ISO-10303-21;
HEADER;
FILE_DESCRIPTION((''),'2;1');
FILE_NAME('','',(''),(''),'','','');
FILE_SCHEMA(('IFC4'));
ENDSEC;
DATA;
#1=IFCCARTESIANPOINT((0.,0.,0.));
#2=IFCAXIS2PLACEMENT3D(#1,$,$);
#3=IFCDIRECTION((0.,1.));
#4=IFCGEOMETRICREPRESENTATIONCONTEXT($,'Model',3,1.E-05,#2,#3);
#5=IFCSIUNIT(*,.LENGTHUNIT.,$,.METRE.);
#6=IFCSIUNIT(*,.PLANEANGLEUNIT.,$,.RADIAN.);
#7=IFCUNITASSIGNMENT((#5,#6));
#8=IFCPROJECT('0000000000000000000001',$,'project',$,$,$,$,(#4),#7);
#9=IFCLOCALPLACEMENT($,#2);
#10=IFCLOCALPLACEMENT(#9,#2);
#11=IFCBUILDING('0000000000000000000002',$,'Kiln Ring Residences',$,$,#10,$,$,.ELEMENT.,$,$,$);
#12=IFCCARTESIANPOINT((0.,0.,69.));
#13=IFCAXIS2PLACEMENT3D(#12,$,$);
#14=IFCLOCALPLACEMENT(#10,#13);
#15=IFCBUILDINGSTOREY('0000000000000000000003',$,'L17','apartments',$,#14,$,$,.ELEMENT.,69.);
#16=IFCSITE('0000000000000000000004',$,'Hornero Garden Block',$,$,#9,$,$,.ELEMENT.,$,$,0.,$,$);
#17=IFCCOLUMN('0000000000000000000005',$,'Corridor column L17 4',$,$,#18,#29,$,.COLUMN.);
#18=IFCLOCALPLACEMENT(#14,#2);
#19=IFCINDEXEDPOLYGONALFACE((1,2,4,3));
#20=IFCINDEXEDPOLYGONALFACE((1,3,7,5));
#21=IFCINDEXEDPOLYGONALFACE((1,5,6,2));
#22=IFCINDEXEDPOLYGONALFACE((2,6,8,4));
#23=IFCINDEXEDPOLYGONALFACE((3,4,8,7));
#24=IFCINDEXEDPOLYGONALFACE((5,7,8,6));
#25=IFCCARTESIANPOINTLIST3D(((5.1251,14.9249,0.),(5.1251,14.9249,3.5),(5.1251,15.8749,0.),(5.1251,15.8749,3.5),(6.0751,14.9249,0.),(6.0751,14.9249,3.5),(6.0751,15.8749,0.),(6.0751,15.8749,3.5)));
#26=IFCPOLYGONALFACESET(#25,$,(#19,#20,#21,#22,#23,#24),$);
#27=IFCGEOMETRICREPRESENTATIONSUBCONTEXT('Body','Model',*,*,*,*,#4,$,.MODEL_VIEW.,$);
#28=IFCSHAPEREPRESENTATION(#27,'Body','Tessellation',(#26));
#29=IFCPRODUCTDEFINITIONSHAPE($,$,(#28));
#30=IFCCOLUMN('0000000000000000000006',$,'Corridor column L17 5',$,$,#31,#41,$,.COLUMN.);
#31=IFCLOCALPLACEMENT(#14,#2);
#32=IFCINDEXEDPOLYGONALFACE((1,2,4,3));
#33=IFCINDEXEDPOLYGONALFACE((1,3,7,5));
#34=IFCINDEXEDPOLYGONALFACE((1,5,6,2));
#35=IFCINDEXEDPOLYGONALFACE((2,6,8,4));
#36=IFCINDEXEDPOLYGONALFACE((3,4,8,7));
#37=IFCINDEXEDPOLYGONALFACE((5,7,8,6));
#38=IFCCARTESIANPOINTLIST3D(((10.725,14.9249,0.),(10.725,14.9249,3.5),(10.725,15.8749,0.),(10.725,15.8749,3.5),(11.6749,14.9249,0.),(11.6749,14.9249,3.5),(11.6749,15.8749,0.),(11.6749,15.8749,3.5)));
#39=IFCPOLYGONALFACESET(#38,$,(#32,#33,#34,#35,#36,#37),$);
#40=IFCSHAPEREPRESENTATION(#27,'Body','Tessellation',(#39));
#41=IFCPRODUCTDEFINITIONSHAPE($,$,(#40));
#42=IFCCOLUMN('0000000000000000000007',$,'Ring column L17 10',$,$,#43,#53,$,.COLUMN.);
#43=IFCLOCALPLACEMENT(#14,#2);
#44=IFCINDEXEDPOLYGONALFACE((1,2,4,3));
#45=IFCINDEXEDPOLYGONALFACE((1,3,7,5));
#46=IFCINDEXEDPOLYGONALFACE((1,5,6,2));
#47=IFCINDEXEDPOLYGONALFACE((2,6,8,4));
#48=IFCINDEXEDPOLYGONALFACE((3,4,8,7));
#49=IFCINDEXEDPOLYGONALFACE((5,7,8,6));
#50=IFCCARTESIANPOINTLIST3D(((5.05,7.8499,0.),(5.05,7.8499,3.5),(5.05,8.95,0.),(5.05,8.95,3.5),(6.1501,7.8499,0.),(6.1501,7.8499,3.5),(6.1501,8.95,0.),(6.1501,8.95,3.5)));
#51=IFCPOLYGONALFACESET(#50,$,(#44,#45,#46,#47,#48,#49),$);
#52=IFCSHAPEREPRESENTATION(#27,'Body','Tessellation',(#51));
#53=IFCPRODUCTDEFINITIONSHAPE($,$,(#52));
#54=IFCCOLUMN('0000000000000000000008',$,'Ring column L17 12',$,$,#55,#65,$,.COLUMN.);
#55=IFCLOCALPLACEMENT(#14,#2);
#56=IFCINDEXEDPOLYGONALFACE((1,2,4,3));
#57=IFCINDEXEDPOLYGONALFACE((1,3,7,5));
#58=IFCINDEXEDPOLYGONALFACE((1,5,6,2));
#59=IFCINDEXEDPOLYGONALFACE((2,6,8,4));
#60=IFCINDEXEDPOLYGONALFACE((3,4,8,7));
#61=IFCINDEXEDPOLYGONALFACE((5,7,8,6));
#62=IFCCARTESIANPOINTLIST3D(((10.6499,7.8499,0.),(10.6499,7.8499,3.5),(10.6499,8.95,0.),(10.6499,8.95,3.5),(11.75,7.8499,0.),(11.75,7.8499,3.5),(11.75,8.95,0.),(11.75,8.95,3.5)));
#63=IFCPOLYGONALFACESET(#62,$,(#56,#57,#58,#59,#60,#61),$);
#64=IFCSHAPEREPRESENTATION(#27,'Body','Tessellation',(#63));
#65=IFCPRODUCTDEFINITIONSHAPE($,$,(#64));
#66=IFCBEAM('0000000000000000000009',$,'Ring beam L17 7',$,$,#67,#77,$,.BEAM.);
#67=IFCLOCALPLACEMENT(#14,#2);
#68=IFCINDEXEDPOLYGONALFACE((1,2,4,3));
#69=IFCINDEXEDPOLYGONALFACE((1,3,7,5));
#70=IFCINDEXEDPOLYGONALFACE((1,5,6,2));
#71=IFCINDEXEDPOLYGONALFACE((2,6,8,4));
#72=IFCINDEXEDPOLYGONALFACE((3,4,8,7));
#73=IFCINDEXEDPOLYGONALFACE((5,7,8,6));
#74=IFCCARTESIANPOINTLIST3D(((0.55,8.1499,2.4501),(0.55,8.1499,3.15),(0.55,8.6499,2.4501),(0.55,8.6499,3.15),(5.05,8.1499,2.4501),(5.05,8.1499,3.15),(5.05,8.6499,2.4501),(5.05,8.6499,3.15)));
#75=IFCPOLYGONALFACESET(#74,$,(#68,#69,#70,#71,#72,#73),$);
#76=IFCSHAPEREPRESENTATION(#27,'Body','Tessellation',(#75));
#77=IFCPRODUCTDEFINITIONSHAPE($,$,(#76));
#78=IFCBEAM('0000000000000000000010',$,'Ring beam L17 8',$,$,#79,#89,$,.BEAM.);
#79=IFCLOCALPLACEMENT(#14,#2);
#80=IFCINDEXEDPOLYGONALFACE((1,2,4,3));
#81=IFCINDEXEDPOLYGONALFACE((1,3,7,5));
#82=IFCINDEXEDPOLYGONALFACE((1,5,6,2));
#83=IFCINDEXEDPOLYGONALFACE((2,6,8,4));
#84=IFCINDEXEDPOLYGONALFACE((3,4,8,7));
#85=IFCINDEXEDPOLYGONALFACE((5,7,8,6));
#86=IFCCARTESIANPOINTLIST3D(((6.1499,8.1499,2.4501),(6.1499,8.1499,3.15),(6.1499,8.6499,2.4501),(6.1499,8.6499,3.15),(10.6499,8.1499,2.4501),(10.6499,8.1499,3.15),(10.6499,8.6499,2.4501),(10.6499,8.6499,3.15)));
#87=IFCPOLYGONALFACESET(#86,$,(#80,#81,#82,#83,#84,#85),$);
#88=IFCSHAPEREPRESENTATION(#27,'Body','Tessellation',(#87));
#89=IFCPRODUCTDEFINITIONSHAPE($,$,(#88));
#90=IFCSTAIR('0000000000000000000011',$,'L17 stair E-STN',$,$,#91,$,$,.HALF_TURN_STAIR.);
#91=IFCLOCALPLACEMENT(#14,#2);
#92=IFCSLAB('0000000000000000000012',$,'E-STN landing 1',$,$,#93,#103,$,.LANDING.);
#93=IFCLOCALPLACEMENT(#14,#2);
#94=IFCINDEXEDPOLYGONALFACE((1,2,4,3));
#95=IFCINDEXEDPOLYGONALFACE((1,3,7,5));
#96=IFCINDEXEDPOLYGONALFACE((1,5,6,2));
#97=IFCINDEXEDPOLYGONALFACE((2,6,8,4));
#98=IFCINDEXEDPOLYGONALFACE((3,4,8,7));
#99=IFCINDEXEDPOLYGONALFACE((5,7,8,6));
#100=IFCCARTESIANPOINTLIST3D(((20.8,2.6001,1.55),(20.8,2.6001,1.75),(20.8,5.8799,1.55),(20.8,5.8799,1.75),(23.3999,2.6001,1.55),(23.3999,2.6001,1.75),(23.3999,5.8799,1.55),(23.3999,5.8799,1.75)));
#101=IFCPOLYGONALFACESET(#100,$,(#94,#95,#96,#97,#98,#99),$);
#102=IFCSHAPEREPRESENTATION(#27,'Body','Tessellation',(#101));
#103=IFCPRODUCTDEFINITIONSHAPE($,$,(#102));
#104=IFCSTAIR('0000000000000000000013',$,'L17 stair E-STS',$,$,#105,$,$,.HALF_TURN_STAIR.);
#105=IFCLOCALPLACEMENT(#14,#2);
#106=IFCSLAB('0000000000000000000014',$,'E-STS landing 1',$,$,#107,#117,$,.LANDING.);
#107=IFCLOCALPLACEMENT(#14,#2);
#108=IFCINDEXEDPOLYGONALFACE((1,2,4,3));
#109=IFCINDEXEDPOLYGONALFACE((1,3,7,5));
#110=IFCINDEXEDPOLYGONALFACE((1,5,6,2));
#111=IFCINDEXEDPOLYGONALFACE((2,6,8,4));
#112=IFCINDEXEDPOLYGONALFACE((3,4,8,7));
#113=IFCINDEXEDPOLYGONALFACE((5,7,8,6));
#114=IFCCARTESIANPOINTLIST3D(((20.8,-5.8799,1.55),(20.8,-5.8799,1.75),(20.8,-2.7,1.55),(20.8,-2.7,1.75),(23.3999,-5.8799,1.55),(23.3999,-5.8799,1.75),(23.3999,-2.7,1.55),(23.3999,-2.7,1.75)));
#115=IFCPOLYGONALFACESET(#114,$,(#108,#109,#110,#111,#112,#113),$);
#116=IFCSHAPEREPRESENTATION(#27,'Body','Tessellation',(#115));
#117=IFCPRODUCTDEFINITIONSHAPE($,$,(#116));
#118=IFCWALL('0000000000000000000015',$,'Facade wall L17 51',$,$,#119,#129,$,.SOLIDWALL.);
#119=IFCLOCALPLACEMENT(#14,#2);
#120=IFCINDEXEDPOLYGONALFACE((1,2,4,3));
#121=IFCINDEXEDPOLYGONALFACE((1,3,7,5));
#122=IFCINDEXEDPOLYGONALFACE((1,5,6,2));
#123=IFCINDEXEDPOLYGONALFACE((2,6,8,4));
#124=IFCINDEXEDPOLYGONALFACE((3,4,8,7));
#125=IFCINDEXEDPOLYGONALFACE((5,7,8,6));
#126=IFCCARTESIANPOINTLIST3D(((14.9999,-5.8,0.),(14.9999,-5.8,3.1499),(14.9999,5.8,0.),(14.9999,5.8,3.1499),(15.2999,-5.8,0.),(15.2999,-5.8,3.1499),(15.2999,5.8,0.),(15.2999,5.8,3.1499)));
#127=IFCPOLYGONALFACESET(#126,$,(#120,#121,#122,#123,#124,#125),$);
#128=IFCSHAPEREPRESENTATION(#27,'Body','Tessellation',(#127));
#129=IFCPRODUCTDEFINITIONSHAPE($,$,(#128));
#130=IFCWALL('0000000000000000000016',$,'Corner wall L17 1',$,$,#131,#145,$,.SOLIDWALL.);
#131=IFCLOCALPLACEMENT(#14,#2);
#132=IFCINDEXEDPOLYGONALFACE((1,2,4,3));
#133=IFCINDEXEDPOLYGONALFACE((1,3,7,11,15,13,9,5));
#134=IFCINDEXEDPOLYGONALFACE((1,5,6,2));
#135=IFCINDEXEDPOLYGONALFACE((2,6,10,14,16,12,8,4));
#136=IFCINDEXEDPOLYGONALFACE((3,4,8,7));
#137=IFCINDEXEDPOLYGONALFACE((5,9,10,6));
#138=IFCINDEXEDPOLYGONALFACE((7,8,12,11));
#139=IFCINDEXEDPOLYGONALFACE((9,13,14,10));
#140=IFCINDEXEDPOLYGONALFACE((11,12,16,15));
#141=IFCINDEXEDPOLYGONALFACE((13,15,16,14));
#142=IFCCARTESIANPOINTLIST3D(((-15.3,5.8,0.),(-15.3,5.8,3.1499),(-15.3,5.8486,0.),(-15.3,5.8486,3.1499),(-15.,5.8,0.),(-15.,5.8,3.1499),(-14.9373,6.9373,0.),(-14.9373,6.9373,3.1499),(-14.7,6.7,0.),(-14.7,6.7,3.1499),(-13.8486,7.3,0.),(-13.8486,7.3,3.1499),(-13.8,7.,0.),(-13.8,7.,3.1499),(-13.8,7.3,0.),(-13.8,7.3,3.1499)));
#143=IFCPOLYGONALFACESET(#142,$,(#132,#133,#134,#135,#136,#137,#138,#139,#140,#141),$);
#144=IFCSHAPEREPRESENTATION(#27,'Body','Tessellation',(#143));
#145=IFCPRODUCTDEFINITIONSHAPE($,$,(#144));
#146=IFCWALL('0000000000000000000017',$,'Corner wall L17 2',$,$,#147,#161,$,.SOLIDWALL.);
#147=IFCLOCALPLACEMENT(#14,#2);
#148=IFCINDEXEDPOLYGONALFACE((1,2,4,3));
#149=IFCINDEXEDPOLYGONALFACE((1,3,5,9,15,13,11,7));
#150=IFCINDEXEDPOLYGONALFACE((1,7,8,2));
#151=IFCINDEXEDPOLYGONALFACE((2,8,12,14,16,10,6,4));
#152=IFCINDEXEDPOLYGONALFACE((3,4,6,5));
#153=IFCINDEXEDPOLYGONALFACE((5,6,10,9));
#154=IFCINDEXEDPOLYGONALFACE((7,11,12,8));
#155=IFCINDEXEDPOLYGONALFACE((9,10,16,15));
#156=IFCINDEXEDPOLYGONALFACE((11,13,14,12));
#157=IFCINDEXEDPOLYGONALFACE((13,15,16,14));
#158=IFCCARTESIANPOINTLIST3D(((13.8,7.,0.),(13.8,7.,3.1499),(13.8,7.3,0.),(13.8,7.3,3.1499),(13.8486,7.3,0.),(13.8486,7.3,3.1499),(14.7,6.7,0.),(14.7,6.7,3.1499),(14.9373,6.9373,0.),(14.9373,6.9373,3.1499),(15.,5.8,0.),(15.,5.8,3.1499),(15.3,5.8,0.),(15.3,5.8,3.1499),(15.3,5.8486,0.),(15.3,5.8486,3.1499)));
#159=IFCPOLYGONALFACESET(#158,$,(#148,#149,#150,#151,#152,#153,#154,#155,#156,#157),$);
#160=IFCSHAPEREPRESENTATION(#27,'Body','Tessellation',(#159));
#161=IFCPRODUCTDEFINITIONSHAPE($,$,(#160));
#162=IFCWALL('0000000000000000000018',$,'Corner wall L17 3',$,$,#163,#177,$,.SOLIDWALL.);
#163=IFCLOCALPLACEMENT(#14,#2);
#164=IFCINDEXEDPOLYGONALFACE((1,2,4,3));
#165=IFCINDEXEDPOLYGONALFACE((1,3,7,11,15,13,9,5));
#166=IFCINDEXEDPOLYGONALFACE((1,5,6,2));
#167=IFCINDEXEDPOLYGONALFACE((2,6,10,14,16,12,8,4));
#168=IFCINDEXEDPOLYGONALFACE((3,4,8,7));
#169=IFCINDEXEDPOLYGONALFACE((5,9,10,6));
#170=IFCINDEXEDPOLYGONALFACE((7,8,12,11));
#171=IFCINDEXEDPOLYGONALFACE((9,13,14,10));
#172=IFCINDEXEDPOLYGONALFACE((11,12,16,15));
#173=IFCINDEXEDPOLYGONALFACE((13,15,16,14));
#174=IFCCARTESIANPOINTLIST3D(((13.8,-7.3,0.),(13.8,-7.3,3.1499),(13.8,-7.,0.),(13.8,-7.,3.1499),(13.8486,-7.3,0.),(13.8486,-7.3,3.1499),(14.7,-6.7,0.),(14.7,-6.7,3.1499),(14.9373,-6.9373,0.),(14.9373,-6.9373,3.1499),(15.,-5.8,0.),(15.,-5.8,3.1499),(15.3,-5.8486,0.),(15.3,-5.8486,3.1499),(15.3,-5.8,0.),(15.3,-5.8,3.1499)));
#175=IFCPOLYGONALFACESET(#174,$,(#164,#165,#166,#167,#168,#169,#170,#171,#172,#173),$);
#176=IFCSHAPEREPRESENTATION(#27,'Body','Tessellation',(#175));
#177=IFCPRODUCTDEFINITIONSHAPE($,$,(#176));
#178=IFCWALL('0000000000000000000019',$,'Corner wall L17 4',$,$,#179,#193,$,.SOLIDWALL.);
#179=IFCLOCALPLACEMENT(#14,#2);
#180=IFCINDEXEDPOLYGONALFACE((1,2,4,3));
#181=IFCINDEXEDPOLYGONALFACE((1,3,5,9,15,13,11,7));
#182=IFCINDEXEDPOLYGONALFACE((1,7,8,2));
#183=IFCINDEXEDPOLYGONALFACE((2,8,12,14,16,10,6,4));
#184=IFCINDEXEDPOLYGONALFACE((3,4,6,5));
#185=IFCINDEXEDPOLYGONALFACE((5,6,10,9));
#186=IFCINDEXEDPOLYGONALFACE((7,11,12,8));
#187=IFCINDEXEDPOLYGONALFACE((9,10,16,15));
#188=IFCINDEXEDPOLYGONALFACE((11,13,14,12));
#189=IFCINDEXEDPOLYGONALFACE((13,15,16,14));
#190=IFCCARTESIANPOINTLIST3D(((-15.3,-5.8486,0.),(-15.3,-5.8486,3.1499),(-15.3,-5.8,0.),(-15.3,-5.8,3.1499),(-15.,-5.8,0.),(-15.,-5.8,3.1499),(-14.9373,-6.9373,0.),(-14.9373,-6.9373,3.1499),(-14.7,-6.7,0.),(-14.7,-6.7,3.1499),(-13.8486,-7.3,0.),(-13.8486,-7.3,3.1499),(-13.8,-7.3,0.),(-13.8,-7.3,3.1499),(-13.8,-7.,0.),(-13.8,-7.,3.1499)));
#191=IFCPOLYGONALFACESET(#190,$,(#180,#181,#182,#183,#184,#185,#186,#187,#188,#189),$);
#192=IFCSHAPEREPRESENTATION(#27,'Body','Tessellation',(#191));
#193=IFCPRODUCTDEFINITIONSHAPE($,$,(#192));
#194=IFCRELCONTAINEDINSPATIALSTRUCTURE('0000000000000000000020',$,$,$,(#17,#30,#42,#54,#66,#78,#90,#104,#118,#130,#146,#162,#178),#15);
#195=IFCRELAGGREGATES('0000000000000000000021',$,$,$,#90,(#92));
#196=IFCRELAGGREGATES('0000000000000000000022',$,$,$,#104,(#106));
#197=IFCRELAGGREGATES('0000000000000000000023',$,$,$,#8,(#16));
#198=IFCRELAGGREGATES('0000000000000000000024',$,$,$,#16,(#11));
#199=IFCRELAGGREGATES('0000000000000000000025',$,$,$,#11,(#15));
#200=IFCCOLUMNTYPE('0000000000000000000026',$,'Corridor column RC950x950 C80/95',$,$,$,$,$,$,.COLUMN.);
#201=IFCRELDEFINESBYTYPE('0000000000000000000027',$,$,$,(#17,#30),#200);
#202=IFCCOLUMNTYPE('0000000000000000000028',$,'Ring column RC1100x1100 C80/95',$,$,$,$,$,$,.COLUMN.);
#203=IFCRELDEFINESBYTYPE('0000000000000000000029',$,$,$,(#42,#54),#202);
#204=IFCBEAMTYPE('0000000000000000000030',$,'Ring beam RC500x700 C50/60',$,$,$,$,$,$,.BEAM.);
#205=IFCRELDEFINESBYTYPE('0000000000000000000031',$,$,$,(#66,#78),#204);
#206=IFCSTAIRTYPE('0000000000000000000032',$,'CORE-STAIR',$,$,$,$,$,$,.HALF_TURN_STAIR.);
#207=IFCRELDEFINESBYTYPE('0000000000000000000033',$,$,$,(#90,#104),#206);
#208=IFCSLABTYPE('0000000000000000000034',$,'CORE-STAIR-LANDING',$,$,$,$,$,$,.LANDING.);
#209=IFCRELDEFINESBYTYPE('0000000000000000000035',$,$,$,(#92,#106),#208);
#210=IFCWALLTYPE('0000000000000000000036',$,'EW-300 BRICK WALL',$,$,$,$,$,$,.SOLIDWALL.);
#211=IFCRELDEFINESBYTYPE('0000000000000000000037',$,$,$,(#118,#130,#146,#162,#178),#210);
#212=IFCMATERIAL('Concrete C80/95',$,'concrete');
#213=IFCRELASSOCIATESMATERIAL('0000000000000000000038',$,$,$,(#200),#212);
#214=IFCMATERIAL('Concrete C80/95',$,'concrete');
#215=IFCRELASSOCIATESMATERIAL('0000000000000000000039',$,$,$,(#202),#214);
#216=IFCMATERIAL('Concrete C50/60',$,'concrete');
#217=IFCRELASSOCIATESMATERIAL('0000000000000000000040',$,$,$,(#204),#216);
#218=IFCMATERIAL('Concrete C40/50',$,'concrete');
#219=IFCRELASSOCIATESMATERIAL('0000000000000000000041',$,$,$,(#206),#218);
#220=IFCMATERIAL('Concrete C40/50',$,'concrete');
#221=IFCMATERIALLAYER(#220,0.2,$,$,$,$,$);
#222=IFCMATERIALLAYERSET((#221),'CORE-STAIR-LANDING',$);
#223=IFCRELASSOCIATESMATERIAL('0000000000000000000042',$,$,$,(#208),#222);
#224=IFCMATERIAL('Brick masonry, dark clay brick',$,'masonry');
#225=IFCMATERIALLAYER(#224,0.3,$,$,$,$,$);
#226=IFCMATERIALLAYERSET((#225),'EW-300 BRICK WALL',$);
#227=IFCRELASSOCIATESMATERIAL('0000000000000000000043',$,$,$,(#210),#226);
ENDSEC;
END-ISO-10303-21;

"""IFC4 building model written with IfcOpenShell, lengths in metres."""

from ifc_helpers import new_model, si_unit, direction, frame, frame_2d, origin, origin_2d, place, context, subcontext, project, spatial, polyline, rectangle, outline, extrude, material, layer, layer_set, material_profile, profile_set, type_object, element, aggregate, save


model = new_model("IFC4")

# Units and contexts
model_context = context("Model", 3, precision=1e-05, world=origin(), true_north=direction((0.0, 1.0)))
body_context = subcontext(model_context, "Body", "Model", "MODEL_VIEW")
ifc_project = project(units=[si_unit("LENGTHUNIT", "METRE"), si_unit("PLANEANGLEUNIT", "RADIAN")], contexts=[model_context])

# Site, building, storey
site_placement = place(None, origin())
site = spatial("IfcSite", under=ifc_project, at=site_placement, Name="Hornero Garden Block", CompositionType="ELEMENT", RefElevation=0.0)
building_placement = place(site_placement, origin())
building = spatial("IfcBuilding", under=site, at=building_placement, Name="Kiln Ring Residences", CompositionType="ELEMENT")
storey_placement = place(building_placement, frame((0.0, 0.0, 69.0)))
storey = spatial("IfcBuildingStorey", under=building, at=storey_placement, Name="L17", Description="apartments", CompositionType="ELEMENT", Elevation=69.0)

# Columns
ifc_material_1 = material(Name="Concrete C80/95", Category="concrete")
ifc_material_profile_1 = material_profile(ifc_material_1, rectangle(XDim=0.95, YDim=0.95, at=origin_2d()), Name="RC950x950")
ifc_profile_set_1 = profile_set([ifc_material_profile_1], Name="Concrete C80/95")
column_type_1 = type_object("IfcColumnType", Name="Corridor column RC950x950 C80/95", PredefinedType="COLUMN", material=ifc_profile_set_1)
for number, where, z_axis, x_axis, name in (
    (1, (5.6001, 15.3999, 0.0), (0.0, 0.0, 1.0), (1.0, 0.0, 0.0), "Corridor column L17 4"),
    (2, (11.2, 15.3999, 0.0), (0.0, 0.0, 1.0), (1.0, 0.0, 0.0), "Corridor column L17 5"),
):
    element("IfcColumn", number, at=place(storey_placement, frame(where, z_axis=z_axis, x_axis=x_axis)), inside=storey, type_object=column_type_1, Name=name, PredefinedType="COLUMN", context=body_context, shape_type="SweptSolid", body=[
        extrude(rectangle(XDim=0.95, YDim=0.95, at=origin_2d()), origin(), (0.0, 0.0, 1.0), 3.5),
    ])
ifc_material_2 = material(Name="Concrete C80/95", Category="concrete")
ifc_material_profile_2 = material_profile(ifc_material_2, rectangle(XDim=1.1001, YDim=1.1001, at=origin_2d()), Name="RC1100x1100")
ifc_profile_set_2 = profile_set([ifc_material_profile_2], Name="Concrete C80/95")
column_type_2 = type_object("IfcColumnType", Name="Ring column RC1100x1100 C80/95", PredefinedType="COLUMN", material=ifc_profile_set_2)
for number, where, z_axis, x_axis, name in (
    (3, (5.6001, 8.3999, 0.0), (0.0, 0.0, 1.0), (1.0, 0.0, 0.0), "Ring column L17 10"),
    (4, (11.2, 8.3999, 0.0), (0.0, 0.0, 1.0), (1.0, 0.0, 0.0), "Ring column L17 12"),
):
    element("IfcColumn", number, at=place(storey_placement, frame(where, z_axis=z_axis, x_axis=x_axis)), inside=storey, type_object=column_type_2, Name=name, PredefinedType="COLUMN", context=body_context, shape_type="SweptSolid", body=[
        extrude(rectangle(XDim=1.1001, YDim=1.1001, at=origin_2d()), origin(), (0.0, 0.0, 1.0), 3.5),
    ])

# Beams
ifc_material_3 = material(Name="Concrete C50/60", Category="concrete")
ifc_material_profile_3 = material_profile(ifc_material_3, rectangle(XDim=0.5, YDim=0.7, at=origin_2d()), Name="RC500x700")
ifc_profile_set_3 = profile_set([ifc_material_profile_3], Name="Concrete C50/60")
beam_type = type_object("IfcBeamType", Name="Ring beam RC500x700 C50/60", PredefinedType="BEAM", material=ifc_profile_set_3)
for number, where, z_axis, x_axis, name in (
    (5, (0.55, 8.3999, 2.8), (1.0, 0.0, 0.0), (0.0, 1.0, 0.0), "Ring beam L17 7"),
    (6, (6.1499, 8.3999, 2.8), (1.0, 0.0, 0.0), (0.0, 1.0, 0.0), "Ring beam L17 8"),
):
    element("IfcBeam", number, at=place(storey_placement, frame(where, z_axis=z_axis, x_axis=x_axis)), inside=storey, type_object=beam_type, Name=name, PredefinedType="BEAM", context=body_context, shape_type="SweptSolid", body=[
        extrude(rectangle(XDim=0.5, YDim=0.7, at=origin_2d()), origin(), (0.0, 0.0, 1.0), 4.5),
    ])

# Stairs, slabs
ifc_material_4 = material(Name="Concrete C40/50", Category="concrete")
stair_type = type_object("IfcStairType", Name="CORE-STAIR", PredefinedType="HALF_TURN_STAIR", material=ifc_material_4)
placement_1 = place(storey_placement, origin())
stair_1 = element("IfcStair", 7, at=placement_1, inside=storey, type_object=stair_type, Name="L17 stair E-STN", PredefinedType="HALF_TURN_STAIR")
ifc_material_5 = material(Name="Concrete C40/50", Category="concrete")
ifc_layer_1 = layer(ifc_material_5, 0.2)
ifc_layer_set_1 = layer_set([ifc_layer_1], Name="CORE-STAIR-LANDING")
slab_type = type_object("IfcSlabType", Name="CORE-STAIR-LANDING", PredefinedType="LANDING", material=ifc_layer_set_1)
placement_2 = place(storey_placement, frame((0.0, 0.0, 1.55)))
slab_1 = element("IfcSlab", 8, at=placement_2, type_object=slab_type, Name="E-STN landing 1", PredefinedType="LANDING", context=body_context, shape_type="SweptSolid", body=[
    extrude(outline(polyline([(20.8, 5.8799), (20.8, 2.6001), (23.3999, 2.6001), (23.3999, 5.8799), (20.8, 5.8799)])), origin(), (0.0, 0.0, 1.0), 0.2),
])
aggregate(stair_1, [slab_1])
stair_2 = element("IfcStair", 9, at=placement_1, inside=storey, type_object=stair_type, Name="L17 stair E-STS", PredefinedType="HALF_TURN_STAIR")
slab_2 = element("IfcSlab", 10, at=placement_2, type_object=slab_type, Name="E-STS landing 1", PredefinedType="LANDING", context=body_context, shape_type="SweptSolid", body=[
    extrude(outline(polyline([(23.3999, -5.8799), (23.3999, -2.7), (20.8, -2.7), (20.8, -5.8799), (23.3999, -5.8799)])), origin(), (0.0, 0.0, 1.0), 0.2),
])
aggregate(stair_2, [slab_2])

# Walls
ifc_material_6 = material(Name="Brick masonry, dark clay brick", Category="masonry")
ifc_layer_2 = layer(ifc_material_6, 0.3)
ifc_layer_set_2 = layer_set([ifc_layer_2], Name="EW-300 BRICK WALL")
wall_type_1 = type_object("IfcWallType", Name="EW-300 BRICK WALL", PredefinedType="SOLIDWALL", material=ifc_layer_set_2)
wall_1_placement = place(storey_placement, frame((15.1499, 5.8, 0.0), z_axis=(0.0, 0.0, 1.0), x_axis=(0.0, -1.0, 0.0)))
element("IfcWall", 11, at=wall_1_placement, inside=storey, type_object=wall_type_1, Name="Facade wall L17 51", PredefinedType="SOLIDWALL", context=body_context, shape_type="SweptSolid", body=[
    extrude(rectangle(XDim=11.6001, YDim=0.3, at=frame_2d((5.8, 0.0))), origin(), (0.0, 0.0, 1.0), 3.1499),
])
element("IfcWall", 12, at=placement_1, inside=storey, type_object=wall_type_1, Name="Corner wall L17 1", PredefinedType="SOLIDWALL", context=body_context, shape_type="SweptSolid", body=[
    extrude(outline(polyline([(-13.8486, 7.3), (-14.9373, 6.9373), (-15.3, 5.8486), (-15.3, 5.8), (-15.0, 5.8), (-14.7, 6.7), (-13.8, 7.0), (-13.8, 7.3), (-13.8486, 7.3)])), origin(), (0.0, 0.0, 1.0), 3.1499),
])
element("IfcWall", 13, at=placement_1, inside=storey, type_object=wall_type_1, Name="Corner wall L17 2", PredefinedType="SOLIDWALL", context=body_context, shape_type="SweptSolid", body=[
    extrude(outline(polyline([(14.9373, 6.9373), (13.8486, 7.3), (13.8, 7.3), (13.8, 7.0), (14.7, 6.7), (15.0, 5.8), (15.3, 5.8), (15.3, 5.8486), (14.9373, 6.9373)])), origin(), (0.0, 0.0, 1.0), 3.1499),
])
element("IfcWall", 14, at=placement_1, inside=storey, type_object=wall_type_1, Name="Corner wall L17 3", PredefinedType="SOLIDWALL", context=body_context, shape_type="SweptSolid", body=[
    extrude(outline(polyline([(14.9373, -6.9373), (15.3, -5.8486), (15.3, -5.8), (15.0, -5.8), (14.7, -6.7), (13.8, -7.0), (13.8, -7.3), (13.8486, -7.3), (14.9373, -6.9373)])), origin(), (0.0, 0.0, 1.0), 3.1499),
])
element("IfcWall", 15, at=placement_1, inside=storey, type_object=wall_type_1, Name="Corner wall L17 4", PredefinedType="SOLIDWALL", context=body_context, shape_type="SweptSolid", body=[
    extrude(outline(polyline([(-14.9373, -6.9373), (-13.8486, -7.3), (-13.8, -7.3), (-13.8, -7.0), (-14.7, -6.7), (-15.0, -5.8), (-15.3, -5.8), (-15.3, -5.8486), (-14.9373, -6.9373)])), origin(), (0.0, 0.0, 1.0), 3.1499),
])

save(model, "model.ifc")
